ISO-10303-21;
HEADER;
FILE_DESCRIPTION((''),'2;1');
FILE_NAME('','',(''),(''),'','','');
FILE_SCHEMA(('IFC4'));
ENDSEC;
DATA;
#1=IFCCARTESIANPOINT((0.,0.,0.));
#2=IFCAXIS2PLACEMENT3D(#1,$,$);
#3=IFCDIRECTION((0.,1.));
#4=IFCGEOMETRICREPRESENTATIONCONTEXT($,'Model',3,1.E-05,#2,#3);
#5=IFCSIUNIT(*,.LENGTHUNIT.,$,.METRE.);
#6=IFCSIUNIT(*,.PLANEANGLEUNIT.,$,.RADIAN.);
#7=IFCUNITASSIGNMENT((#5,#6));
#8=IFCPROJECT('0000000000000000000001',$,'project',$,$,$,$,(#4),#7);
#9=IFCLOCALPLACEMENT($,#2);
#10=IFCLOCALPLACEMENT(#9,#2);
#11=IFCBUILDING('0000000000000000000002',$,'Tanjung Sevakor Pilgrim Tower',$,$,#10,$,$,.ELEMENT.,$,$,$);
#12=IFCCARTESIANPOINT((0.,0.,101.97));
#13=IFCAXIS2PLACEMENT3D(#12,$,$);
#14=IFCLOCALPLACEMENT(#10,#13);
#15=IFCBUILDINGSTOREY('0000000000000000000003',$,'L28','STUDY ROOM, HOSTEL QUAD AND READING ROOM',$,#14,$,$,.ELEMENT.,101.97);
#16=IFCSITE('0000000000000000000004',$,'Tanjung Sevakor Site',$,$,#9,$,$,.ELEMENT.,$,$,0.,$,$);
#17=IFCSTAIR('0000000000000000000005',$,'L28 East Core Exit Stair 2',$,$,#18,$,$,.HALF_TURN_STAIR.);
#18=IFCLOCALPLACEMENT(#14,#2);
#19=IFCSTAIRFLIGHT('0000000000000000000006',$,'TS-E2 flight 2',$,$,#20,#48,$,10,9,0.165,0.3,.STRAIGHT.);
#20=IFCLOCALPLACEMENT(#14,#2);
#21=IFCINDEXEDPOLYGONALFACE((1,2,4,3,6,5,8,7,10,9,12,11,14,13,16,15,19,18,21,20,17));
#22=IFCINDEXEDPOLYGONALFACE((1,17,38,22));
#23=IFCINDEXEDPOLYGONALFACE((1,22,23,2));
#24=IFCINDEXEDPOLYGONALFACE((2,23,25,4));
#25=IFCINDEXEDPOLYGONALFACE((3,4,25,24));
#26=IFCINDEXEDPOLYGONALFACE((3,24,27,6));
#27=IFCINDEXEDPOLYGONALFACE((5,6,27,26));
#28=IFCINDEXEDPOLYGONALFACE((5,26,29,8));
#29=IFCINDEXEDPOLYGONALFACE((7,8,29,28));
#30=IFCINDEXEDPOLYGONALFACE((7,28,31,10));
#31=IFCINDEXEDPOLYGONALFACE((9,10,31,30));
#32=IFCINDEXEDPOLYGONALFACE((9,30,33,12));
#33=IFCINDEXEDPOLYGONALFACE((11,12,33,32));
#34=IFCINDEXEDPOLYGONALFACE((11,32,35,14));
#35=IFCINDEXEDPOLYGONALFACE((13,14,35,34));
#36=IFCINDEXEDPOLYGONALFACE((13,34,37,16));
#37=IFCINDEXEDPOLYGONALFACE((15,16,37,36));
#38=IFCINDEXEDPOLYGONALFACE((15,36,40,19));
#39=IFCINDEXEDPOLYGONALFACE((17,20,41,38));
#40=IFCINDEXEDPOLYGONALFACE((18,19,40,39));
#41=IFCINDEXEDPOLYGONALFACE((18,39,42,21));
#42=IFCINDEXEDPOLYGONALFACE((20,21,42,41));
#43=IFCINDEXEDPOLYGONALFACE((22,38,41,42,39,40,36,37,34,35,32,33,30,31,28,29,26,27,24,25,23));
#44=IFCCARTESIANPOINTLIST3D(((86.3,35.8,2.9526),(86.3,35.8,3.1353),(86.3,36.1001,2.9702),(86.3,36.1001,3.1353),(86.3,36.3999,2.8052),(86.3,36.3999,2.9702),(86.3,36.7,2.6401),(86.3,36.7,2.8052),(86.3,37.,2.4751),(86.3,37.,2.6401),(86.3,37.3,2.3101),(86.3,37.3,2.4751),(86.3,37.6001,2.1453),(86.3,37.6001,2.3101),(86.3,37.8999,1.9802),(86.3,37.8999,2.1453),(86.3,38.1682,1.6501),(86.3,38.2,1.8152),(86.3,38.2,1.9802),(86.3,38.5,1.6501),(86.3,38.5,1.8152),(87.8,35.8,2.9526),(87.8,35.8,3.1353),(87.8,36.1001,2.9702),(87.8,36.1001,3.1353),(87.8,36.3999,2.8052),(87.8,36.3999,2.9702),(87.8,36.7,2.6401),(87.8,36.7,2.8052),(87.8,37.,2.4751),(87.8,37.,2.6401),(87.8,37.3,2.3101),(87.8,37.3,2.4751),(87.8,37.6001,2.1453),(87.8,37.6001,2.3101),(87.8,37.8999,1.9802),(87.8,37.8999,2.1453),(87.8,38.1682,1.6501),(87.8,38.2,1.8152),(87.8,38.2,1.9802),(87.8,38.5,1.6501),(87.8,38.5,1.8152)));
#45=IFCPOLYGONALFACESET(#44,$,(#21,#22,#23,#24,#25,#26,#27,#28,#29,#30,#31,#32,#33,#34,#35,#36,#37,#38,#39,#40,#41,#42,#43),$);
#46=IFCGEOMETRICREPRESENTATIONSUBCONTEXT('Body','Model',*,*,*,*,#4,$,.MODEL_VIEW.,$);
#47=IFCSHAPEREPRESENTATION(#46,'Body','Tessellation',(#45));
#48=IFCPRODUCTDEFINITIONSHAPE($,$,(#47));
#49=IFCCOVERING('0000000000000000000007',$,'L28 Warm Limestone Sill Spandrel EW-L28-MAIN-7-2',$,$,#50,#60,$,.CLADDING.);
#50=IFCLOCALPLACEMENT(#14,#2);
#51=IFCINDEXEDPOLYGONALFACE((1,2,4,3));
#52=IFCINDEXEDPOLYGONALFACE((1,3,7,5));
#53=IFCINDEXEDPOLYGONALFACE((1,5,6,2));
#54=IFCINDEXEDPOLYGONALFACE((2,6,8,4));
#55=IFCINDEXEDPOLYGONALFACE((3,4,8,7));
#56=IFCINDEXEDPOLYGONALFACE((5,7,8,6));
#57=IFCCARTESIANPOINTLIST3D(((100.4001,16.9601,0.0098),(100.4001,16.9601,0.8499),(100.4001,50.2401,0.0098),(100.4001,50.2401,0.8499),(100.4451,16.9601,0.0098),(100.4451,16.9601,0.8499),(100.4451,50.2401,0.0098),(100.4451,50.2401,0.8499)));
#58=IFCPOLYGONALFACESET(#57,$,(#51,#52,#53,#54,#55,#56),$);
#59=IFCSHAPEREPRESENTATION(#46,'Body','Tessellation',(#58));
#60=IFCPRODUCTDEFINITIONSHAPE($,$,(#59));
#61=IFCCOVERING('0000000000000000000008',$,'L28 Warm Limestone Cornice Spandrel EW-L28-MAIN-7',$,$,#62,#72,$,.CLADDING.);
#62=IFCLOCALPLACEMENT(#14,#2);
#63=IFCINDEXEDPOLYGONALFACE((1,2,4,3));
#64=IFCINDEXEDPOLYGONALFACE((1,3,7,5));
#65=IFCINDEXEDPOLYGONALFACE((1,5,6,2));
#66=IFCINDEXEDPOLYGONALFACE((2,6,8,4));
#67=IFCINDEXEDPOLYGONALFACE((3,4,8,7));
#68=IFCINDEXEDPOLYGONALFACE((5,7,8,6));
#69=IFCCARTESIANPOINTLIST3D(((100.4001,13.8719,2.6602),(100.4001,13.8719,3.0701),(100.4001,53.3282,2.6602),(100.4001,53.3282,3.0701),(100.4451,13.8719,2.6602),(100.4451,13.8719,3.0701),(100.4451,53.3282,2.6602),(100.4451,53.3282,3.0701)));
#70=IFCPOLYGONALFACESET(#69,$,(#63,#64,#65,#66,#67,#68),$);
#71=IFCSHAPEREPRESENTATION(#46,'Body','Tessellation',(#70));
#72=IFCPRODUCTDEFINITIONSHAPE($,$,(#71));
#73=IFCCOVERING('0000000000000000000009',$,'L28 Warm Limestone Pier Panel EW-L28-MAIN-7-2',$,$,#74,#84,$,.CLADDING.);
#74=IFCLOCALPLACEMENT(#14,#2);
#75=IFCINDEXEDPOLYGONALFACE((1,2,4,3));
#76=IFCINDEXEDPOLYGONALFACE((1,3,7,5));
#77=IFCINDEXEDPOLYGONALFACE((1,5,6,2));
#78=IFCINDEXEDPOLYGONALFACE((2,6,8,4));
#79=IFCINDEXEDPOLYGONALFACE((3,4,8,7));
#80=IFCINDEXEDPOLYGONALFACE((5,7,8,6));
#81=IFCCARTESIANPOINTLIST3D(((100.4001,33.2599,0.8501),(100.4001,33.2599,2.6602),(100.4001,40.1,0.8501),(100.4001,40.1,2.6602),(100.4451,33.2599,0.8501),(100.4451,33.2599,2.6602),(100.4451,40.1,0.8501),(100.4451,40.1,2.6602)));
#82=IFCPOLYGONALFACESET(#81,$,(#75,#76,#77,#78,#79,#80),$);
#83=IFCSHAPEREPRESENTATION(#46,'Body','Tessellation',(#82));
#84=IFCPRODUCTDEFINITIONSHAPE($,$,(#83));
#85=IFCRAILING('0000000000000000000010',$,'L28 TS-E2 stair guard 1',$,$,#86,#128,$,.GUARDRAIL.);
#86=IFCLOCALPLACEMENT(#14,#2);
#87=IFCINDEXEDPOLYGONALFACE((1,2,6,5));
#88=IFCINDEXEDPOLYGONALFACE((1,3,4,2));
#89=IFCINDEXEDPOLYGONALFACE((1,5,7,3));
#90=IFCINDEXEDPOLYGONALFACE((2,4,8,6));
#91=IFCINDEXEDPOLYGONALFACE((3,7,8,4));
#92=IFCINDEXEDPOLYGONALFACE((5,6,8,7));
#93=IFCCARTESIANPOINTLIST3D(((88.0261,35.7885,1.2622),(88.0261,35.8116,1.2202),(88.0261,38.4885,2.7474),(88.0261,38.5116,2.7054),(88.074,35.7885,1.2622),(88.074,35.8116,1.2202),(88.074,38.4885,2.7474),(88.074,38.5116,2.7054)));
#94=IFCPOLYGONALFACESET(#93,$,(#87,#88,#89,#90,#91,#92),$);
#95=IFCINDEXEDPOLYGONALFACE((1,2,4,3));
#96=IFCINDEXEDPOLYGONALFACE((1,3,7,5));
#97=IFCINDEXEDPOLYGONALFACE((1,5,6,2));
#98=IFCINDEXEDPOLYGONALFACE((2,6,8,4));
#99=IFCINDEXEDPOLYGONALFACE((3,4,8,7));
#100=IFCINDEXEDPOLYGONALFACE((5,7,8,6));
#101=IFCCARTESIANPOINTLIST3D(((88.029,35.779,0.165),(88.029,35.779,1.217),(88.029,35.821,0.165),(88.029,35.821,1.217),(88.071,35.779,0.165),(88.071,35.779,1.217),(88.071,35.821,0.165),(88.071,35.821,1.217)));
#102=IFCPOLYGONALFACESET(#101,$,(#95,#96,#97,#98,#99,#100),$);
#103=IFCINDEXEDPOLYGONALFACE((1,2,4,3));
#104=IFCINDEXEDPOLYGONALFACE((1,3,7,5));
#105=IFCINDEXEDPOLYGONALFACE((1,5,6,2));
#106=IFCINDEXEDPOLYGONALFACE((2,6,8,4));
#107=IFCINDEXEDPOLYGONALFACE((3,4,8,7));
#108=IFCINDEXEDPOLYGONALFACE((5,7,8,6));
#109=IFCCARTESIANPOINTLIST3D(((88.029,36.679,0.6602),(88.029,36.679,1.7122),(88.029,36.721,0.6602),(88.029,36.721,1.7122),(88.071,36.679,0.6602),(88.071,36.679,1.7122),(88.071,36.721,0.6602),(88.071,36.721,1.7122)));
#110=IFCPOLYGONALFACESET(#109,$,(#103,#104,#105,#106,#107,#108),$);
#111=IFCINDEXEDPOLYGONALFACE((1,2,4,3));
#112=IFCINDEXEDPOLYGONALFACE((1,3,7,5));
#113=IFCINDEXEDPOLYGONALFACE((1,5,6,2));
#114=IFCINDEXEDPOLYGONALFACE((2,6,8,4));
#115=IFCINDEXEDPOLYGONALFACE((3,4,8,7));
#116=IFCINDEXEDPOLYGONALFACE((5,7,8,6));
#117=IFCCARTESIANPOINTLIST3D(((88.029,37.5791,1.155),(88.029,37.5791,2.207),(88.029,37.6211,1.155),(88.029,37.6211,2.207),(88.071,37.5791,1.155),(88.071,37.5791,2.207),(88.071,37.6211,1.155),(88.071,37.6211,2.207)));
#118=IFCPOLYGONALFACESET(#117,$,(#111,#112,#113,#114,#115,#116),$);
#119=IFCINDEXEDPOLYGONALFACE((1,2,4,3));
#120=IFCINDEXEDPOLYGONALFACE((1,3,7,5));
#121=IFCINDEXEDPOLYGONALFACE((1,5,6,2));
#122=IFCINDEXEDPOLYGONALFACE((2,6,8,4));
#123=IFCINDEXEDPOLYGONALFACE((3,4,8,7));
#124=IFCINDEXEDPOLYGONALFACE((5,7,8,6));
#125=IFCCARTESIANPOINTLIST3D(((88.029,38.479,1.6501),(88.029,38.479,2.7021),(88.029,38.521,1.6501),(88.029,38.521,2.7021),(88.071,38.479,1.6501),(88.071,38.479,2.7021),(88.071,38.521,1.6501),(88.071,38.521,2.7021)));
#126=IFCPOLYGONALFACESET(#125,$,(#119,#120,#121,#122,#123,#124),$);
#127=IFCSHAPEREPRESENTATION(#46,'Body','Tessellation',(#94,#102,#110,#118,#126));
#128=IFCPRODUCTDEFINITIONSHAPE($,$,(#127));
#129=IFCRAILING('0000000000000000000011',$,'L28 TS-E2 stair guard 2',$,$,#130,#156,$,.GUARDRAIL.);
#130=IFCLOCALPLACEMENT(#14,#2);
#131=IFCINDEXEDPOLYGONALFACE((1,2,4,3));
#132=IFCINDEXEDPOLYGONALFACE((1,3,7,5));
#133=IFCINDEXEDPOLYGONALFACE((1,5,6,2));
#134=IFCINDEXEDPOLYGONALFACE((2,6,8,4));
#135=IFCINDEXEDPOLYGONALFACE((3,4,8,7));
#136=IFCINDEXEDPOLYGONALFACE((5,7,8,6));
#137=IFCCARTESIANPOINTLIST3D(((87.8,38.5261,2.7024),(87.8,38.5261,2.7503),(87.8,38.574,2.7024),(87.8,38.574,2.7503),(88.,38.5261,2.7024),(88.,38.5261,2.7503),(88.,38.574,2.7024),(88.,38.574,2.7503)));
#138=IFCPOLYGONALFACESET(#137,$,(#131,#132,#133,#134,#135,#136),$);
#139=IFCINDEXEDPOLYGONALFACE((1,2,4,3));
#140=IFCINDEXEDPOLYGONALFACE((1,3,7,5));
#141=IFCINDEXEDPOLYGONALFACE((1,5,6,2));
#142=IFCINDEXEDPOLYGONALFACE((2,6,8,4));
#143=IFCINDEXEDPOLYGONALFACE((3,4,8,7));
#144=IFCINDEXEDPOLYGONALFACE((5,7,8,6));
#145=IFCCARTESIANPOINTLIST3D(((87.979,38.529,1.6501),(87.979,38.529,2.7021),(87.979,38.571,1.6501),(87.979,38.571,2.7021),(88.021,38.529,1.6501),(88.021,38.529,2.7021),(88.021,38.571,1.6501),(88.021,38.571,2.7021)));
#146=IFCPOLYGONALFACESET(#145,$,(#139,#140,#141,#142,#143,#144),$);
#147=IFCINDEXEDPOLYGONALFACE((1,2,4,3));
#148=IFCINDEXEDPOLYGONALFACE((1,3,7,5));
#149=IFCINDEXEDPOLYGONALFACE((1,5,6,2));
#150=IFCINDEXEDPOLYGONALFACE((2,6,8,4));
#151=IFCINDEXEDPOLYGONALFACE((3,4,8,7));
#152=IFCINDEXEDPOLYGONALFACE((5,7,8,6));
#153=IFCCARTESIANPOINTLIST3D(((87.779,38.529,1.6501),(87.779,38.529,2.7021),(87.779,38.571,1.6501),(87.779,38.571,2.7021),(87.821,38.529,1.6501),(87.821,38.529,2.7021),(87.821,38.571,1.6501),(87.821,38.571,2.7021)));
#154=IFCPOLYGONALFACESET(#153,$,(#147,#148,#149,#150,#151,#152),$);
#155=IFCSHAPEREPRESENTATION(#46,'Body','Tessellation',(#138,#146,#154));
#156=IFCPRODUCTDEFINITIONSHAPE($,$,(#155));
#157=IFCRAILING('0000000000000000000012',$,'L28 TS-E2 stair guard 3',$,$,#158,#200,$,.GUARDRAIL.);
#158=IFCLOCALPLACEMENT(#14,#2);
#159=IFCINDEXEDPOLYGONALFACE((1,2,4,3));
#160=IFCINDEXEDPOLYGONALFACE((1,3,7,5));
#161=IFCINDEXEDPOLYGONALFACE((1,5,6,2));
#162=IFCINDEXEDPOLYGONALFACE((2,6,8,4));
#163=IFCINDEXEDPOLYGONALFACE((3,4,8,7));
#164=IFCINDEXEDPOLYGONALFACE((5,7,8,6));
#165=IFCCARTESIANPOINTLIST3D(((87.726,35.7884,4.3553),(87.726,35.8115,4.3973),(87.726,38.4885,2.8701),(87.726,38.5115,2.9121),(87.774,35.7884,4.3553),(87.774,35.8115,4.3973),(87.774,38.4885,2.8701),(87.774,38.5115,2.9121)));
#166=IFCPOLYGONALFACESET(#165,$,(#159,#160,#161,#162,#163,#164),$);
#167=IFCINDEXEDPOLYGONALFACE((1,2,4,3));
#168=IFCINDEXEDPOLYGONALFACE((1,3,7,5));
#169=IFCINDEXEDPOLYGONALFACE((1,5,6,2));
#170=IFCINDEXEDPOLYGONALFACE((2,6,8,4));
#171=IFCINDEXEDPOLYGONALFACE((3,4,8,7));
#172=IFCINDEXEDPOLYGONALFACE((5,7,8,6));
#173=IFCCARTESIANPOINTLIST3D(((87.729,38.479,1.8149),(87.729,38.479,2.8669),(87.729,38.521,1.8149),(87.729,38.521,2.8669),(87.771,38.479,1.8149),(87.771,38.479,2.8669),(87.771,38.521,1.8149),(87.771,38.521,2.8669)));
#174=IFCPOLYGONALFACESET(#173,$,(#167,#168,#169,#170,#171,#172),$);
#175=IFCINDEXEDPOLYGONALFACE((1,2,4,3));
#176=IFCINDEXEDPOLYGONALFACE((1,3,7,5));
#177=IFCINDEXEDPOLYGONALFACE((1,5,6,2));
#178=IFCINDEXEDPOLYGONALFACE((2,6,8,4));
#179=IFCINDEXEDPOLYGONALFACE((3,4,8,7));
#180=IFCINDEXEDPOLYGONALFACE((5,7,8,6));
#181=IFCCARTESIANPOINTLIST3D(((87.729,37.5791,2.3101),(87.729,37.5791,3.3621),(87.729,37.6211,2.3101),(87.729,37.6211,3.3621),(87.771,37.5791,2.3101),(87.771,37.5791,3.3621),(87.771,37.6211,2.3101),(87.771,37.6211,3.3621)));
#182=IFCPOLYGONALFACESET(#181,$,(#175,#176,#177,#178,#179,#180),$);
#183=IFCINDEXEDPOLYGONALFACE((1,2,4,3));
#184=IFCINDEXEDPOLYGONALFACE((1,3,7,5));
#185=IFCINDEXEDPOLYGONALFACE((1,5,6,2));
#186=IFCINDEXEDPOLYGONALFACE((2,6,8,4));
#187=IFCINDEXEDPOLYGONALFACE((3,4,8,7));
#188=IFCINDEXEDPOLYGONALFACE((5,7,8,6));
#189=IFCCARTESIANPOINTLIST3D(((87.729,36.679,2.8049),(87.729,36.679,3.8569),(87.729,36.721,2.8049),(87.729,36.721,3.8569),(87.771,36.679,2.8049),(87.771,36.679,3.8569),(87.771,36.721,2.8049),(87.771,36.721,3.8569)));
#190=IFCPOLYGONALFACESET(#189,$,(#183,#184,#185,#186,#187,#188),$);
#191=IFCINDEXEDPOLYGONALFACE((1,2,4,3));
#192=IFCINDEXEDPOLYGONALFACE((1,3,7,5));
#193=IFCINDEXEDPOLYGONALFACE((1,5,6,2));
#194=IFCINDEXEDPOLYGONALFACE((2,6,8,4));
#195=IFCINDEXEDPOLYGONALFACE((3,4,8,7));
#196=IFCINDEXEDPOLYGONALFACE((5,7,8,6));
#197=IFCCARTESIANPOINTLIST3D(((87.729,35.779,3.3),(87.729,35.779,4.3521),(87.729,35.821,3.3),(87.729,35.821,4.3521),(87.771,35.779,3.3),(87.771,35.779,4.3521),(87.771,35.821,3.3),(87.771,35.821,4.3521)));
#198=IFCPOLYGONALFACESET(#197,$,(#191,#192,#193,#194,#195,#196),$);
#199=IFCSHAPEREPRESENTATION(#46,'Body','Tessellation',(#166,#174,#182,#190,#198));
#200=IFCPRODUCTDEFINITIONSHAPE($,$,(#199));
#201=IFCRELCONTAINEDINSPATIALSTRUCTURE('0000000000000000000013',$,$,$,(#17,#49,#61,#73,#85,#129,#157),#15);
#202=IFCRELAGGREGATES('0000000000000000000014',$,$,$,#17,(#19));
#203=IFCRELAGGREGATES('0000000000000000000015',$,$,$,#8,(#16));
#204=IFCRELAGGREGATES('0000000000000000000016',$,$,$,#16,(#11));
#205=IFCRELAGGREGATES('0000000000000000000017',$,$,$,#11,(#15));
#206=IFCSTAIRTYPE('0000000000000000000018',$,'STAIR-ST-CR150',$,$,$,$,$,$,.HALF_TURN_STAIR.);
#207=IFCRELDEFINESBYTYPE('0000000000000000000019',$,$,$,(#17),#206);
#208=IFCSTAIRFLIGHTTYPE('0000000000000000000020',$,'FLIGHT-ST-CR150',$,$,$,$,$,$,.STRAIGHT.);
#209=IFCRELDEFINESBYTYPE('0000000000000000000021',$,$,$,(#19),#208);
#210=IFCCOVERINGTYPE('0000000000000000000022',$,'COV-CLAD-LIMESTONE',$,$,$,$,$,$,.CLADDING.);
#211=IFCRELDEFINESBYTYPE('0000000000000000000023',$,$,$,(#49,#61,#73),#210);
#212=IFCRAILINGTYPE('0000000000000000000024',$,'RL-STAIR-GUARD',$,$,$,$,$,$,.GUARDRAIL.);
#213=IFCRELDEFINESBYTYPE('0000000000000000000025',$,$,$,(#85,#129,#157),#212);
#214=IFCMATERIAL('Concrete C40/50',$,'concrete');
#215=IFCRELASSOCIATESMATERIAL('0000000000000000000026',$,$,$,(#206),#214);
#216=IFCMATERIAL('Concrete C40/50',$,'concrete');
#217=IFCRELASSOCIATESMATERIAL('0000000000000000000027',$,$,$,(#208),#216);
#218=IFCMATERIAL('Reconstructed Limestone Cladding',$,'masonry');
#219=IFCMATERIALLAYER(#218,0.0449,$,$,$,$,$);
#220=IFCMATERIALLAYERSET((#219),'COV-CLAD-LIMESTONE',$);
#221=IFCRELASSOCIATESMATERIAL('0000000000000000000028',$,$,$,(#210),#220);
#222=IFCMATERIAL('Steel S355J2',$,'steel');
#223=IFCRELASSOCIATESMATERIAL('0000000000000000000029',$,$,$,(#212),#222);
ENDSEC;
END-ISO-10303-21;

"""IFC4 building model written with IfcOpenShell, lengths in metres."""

from ifc_helpers import new_model, si_unit, direction, frame, origin, origin_2d, place, context, subcontext, project, spatial, polyline, rectangle, outline, extrude, material, layer, layer_set, type_object, element, aggregate, save


model = new_model("IFC4")

# Units and contexts
model_context = context("Model", 3, precision=1e-05, world=origin(), true_north=direction((0.0, 1.0)))
body_context = subcontext(model_context, "Body", "Model", "MODEL_VIEW")
ifc_project = project(units=[si_unit("LENGTHUNIT", "METRE"), si_unit("PLANEANGLEUNIT", "RADIAN")], contexts=[model_context])

# Site, building, storey
site_placement = place(None, origin())
site = spatial("IfcSite", under=ifc_project, at=site_placement, Name="Tanjung Sevakor Site", CompositionType="ELEMENT", RefElevation=0.0)
building_placement = place(site_placement, origin())
building = spatial("IfcBuilding", under=site, at=building_placement, Name="Tanjung Sevakor Pilgrim Tower", CompositionType="ELEMENT")
storey_placement = place(building_placement, frame((0.0, 0.0, 101.97)))
storey = spatial("IfcBuildingStorey", under=building, at=storey_placement, Name="L28", Description="STUDY ROOM, HOSTEL QUAD AND READING ROOM", CompositionType="ELEMENT", Elevation=101.97)

# Stair, stair flight
ifc_material_1 = material(Name="Concrete C40/50", Category="concrete")
stair_type = type_object("IfcStairType", Name="STAIR-ST-CR150", PredefinedType="HALF_TURN_STAIR", material=ifc_material_1)
stair_placement = place(storey_placement, origin())
stair = element("IfcStair", 1, at=stair_placement, inside=storey, type_object=stair_type, Name="L28 East Core Exit Stair 2", PredefinedType="HALF_TURN_STAIR")
ifc_material_2 = material(Name="Concrete C40/50", Category="concrete")
stair_flight_type = type_object("IfcStairFlightType", Name="FLIGHT-ST-CR150", PredefinedType="STRAIGHT", material=ifc_material_2)
stair_flight_1_placement = place(storey_placement, frame((87.05, 38.5, 1.6501), z_axis=(0.0, 0.0, 1.0), x_axis=(0.0, -1.0, 0.0)))
stair_flight_1 = element("IfcStairFlight", 2, at=stair_flight_1_placement, type_object=stair_flight_type, Name="TS-E2 flight 2", NumberOfRisers=10, NumberOfTreads=9, PredefinedType="STRAIGHT", RiserHeight=0.165, TreadLength=0.3, context=body_context, shape_type="SweptSolid", body=[
    extrude(outline(polyline([(0.0, 0.0), (0.0, 0.165), (0.3, 0.165), (0.3, 0.3301), (0.6001, 0.3301), (0.6001, 0.4951), (0.8999, 0.4951), (0.8999, 0.6599), (1.2, 0.6599), (1.2, 0.825), (1.5, 0.825), (1.5, 0.99), (1.8, 0.99), (1.8, 1.155), (2.1001, 1.155), (2.1001, 1.3201), (2.3999, 1.3201), (2.3999, 1.4851), (2.7, 1.4851), (2.7, 1.6499), (2.7, 1.3025), (0.3318, 0.0), (0.0, 0.0)])), frame((0.0, 0.75, 0.0), z_axis=(0.0, -1.0, 0.0), x_axis=(1.0, 0.0, 0.0)), (0.0, 0.0, 1.0), 1.5),
])
aggregate(stair, [stair_flight_1])

# Coverings
ifc_material_3 = material(Name="Reconstructed Limestone Cladding", Category="masonry")
ifc_layer_1 = layer(ifc_material_3, 0.0449)
ifc_layer_set_1 = layer_set([ifc_layer_1], Name="COV-CLAD-LIMESTONE")
covering_type = type_object("IfcCoveringType", Name="COV-CLAD-LIMESTONE", PredefinedType="CLADDING", material=ifc_layer_set_1)
covering_1_placement = place(storey_placement, frame((100.4226, 33.6001, 0.0098), z_axis=(0.0, 0.0, 1.0), x_axis=(0.0, 1.0, 0.0)))
element("IfcCovering", 3, at=covering_1_placement, inside=storey, type_object=covering_type, Name="L28 Warm Limestone Sill Spandrel EW-L28-MAIN-7-2", PredefinedType="CLADDING", context=body_context, shape_type="SweptSolid", body=[
    extrude(rectangle(XDim=33.28, YDim=0.0449, at=origin_2d()), origin(), (0.0, 0.0, 1.0), 0.8401),
])
covering_2_placement = place(storey_placement, frame((100.4226, 33.6001, 2.6602), z_axis=(0.0, 0.0, 1.0), x_axis=(0.0, 1.0, 0.0)))
element("IfcCovering", 4, at=covering_2_placement, inside=storey, type_object=covering_type, Name="L28 Warm Limestone Cornice Spandrel EW-L28-MAIN-7", PredefinedType="CLADDING", context=body_context, shape_type="SweptSolid", body=[
    extrude(rectangle(XDim=39.4563, YDim=0.0449, at=origin_2d()), origin(), (0.0, 0.0, 1.0), 0.4099),
])
covering_3_placement = place(storey_placement, frame((100.4226, 36.6799, 0.8501), z_axis=(0.0, 0.0, 1.0), x_axis=(0.0, 1.0, 0.0)))
element("IfcCovering", 5, at=covering_3_placement, inside=storey, type_object=covering_type, Name="L28 Warm Limestone Pier Panel EW-L28-MAIN-7-2", PredefinedType="CLADDING", context=body_context, shape_type="SweptSolid", body=[
    extrude(rectangle(XDim=6.8401, YDim=0.0449, at=origin_2d()), origin(), (0.0, 0.0, 1.0), 1.8101),
])

# Railings
ifc_material_4 = material(Name="Steel S355J2", Category="steel")
railing_type_1 = type_object("IfcRailingType", Name="RL-STAIR-GUARD", PredefinedType="GUARDRAIL", material=ifc_material_4)
railing_1_placement = place(storey_placement, frame((88.05, 35.8, 0.165)))
element("IfcRailing", 6, at=railing_1_placement, inside=storey, type_object=railing_type_1, Name="L28 TS-E2 stair guard 1", PredefinedType="GUARDRAIL", context=body_context, shape_type="SweptSolid", body=[
    extrude(rectangle(XDim=0.0479, YDim=0.0479), frame((0.0, 0.0, 1.0762), z_axis=(0.0, 0.876198, 0.481952), x_axis=(-1.0, 0.0, 0.0)), (0.0, 0.0, 1.0), 3.0815),
    extrude(rectangle(XDim=0.042, YDim=0.042), origin(), (0.0, 0.0, 1.0), 1.052),
    extrude(rectangle(XDim=0.042, YDim=0.042), frame((0.0, 0.8999, 0.4951)), (0.0, 0.0, 1.0), 1.052),
    extrude(rectangle(XDim=0.042, YDim=0.042), frame((0.0, 1.8, 0.99)), (0.0, 0.0, 1.0), 1.052),
    extrude(rectangle(XDim=0.042, YDim=0.042), frame((0.0, 2.7, 1.4851)), (0.0, 0.0, 1.0), 1.052),
])
railing_2_placement = place(storey_placement, frame((88.0, 38.55, 1.6501)))
element("IfcRailing", 7, at=railing_2_placement, inside=storey, type_object=railing_type_1, Name="L28 TS-E2 stair guard 2", PredefinedType="GUARDRAIL", context=body_context, shape_type="SweptSolid", body=[
    extrude(rectangle(XDim=0.0479, YDim=0.0479), frame((0.0, 0.0, 1.0762), z_axis=(-1.0, 0.0, 0.0), x_axis=(0.0, -1.0, 0.0)), (0.0, 0.0, 1.0), 0.2),
    extrude(rectangle(XDim=0.042, YDim=0.042), origin(), (0.0, 0.0, 1.0), 1.052),
    extrude(rectangle(XDim=0.042, YDim=0.042), frame((-0.2, 0.0, 0.0)), (0.0, 0.0, 1.0), 1.052),
])
railing_3_placement = place(storey_placement, frame((87.75, 38.5, 1.8149)))
element("IfcRailing", 8, at=railing_3_placement, inside=storey, type_object=railing_type_1, Name="L28 TS-E2 stair guard 3", PredefinedType="GUARDRAIL", context=body_context, shape_type="SweptSolid", body=[
    extrude(rectangle(XDim=0.0479, YDim=0.0479), frame((0.0, 0.0, 1.0762), z_axis=(0.0, -0.876198, 0.481952), x_axis=(1.0, 0.0, 0.0)), (0.0, 0.0, 1.0), 3.0815),
    extrude(rectangle(XDim=0.042, YDim=0.042), origin(), (0.0, 0.0, 1.0), 1.052),
    extrude(rectangle(XDim=0.042, YDim=0.042), frame((0.0, -0.8999, 0.4951)), (0.0, 0.0, 1.0), 1.052),
    extrude(rectangle(XDim=0.042, YDim=0.042), frame((0.0, -1.8, 0.99)), (0.0, 0.0, 1.0), 1.052),
    extrude(rectangle(XDim=0.042, YDim=0.042), frame((0.0, -2.7, 1.4851)), (0.0, 0.0, 1.0), 1.052),
])

save(model, "model.ifc")
